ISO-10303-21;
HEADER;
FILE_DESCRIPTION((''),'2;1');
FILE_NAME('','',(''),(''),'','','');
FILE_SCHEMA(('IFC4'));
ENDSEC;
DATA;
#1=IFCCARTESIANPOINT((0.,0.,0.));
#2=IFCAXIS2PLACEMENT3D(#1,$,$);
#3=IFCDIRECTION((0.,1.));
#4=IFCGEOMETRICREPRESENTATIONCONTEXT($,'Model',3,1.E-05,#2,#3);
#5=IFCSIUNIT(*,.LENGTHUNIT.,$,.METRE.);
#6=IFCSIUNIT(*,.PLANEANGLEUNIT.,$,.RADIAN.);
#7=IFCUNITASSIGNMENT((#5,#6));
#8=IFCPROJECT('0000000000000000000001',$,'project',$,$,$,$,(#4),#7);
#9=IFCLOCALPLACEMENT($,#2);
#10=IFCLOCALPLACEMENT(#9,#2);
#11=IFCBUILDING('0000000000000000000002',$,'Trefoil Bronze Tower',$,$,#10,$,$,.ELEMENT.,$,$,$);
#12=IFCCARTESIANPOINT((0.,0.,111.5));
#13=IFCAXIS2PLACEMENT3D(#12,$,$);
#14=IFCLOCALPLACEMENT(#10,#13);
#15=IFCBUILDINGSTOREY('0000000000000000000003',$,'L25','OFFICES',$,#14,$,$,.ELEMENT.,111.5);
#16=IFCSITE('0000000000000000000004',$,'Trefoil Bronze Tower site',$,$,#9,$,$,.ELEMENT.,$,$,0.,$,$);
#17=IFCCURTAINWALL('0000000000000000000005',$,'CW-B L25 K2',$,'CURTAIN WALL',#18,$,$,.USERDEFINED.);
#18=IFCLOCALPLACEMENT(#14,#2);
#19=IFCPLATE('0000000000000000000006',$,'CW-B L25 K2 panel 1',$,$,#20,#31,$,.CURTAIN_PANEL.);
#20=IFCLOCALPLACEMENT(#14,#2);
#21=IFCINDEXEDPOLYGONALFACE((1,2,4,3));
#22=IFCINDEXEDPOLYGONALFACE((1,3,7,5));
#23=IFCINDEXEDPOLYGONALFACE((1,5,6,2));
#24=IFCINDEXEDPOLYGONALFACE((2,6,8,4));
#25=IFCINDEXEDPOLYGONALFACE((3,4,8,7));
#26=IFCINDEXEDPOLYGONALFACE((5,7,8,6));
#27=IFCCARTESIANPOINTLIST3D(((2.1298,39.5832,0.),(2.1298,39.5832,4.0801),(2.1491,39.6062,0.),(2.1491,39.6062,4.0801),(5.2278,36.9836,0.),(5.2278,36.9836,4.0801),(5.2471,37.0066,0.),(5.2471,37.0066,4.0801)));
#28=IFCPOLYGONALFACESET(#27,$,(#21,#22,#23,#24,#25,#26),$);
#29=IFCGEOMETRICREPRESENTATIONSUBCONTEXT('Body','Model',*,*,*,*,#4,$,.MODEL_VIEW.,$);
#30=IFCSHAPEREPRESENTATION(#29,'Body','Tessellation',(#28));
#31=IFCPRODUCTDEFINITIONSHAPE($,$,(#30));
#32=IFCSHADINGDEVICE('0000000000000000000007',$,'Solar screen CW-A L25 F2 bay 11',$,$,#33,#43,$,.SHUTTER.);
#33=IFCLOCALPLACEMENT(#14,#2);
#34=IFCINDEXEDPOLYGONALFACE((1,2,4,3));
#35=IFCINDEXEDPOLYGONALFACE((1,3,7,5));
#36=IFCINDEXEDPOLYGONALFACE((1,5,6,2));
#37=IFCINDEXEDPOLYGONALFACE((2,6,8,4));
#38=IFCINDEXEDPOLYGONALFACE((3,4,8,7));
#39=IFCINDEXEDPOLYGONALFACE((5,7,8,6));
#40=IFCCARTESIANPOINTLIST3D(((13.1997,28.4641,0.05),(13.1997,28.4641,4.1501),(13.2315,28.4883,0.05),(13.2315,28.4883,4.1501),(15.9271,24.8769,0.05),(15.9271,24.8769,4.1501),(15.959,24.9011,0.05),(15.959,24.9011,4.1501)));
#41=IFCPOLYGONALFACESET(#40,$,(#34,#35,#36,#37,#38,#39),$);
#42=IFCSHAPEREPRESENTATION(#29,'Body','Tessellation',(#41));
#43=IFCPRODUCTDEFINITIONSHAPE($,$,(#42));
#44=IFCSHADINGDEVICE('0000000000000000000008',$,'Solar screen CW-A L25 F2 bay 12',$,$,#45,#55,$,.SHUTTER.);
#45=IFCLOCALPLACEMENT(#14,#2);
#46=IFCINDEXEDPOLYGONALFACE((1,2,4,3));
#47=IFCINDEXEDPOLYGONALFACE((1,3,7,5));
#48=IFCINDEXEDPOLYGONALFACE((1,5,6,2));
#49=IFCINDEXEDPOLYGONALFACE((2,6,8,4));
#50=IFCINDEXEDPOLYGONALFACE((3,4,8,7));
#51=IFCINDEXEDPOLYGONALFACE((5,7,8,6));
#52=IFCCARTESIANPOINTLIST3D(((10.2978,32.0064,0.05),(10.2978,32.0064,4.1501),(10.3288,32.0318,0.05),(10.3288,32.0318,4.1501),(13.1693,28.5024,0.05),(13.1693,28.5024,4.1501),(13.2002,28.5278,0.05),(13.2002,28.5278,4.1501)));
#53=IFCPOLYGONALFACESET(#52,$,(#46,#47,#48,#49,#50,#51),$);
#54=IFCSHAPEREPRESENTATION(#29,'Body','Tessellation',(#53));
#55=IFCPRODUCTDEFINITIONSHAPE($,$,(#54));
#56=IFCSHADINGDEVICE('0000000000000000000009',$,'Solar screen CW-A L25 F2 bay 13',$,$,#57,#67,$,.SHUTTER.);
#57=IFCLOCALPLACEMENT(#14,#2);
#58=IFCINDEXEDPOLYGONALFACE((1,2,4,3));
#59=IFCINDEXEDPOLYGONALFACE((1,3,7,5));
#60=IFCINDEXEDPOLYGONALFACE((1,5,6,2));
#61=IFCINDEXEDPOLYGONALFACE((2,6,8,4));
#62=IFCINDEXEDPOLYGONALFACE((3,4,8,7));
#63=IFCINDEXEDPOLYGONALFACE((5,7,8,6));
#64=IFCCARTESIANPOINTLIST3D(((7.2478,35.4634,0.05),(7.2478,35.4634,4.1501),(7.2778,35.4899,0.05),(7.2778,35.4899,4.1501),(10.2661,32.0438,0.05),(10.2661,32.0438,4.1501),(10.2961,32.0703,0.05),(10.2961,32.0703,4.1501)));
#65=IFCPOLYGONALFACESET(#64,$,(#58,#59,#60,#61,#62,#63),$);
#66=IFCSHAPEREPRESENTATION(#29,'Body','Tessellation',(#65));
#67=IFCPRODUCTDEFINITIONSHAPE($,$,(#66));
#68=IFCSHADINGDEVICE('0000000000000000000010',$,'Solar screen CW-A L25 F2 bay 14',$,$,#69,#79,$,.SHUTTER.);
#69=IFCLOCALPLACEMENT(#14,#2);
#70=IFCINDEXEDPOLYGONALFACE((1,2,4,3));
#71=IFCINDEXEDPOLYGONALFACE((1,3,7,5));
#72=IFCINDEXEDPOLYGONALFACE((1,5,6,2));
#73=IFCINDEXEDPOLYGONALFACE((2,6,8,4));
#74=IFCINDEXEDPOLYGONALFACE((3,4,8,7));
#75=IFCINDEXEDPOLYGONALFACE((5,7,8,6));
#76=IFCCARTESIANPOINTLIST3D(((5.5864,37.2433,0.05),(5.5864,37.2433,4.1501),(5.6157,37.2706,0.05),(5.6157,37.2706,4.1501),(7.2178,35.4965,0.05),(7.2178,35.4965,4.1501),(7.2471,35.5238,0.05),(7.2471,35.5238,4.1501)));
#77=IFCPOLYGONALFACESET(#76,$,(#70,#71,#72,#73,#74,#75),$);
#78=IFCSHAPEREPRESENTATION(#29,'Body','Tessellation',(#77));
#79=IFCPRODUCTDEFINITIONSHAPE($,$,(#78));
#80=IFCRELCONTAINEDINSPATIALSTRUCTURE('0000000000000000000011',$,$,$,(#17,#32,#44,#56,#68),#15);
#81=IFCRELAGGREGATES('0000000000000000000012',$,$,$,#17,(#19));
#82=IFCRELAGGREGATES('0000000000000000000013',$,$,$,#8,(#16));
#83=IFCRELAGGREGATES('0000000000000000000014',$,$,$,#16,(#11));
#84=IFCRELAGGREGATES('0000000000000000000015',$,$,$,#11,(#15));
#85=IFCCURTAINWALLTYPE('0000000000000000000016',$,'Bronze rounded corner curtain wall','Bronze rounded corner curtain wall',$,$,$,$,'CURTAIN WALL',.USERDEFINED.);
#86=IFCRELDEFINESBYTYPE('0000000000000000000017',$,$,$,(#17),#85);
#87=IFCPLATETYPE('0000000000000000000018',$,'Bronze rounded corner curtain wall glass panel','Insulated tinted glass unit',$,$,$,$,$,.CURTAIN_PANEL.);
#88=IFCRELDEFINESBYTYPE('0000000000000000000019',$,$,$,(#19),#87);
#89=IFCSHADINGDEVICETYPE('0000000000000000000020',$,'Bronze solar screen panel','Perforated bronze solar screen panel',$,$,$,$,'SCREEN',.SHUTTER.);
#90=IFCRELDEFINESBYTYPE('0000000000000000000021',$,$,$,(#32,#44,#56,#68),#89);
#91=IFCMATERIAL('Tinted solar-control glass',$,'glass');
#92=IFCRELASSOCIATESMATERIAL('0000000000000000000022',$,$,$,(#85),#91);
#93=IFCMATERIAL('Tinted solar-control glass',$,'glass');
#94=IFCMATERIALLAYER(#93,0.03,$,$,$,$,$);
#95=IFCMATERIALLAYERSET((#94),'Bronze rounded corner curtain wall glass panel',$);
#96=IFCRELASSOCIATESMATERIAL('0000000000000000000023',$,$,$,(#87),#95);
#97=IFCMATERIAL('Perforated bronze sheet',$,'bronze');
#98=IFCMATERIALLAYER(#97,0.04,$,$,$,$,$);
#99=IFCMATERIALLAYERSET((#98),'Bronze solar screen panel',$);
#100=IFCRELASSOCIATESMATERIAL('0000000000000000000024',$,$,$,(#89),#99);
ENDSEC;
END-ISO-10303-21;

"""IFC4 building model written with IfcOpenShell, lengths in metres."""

from ifc_helpers import new_model, si_unit, direction, frame, origin, origin_2d, place, context, subcontext, project, spatial, rectangle, extrude, material, layer, layer_set, type_object, element, aggregate, save


model = new_model("IFC4")

# Units and contexts
model_context = context("Model", 3, precision=1e-05, world=origin(), true_north=direction((0.0, 1.0)))
body_context = subcontext(model_context, "Body", "Model", "MODEL_VIEW")
ifc_project = project(units=[si_unit("LENGTHUNIT", "METRE"), si_unit("PLANEANGLEUNIT", "RADIAN")], contexts=[model_context])

# Site, building, storey
site_placement = place(None, origin())
site = spatial("IfcSite", under=ifc_project, at=site_placement, Name="Trefoil Bronze Tower site", CompositionType="ELEMENT", RefElevation=0.0)
building_placement = place(site_placement, origin())
building = spatial("IfcBuilding", under=site, at=building_placement, Name="Trefoil Bronze Tower", CompositionType="ELEMENT")
storey_placement = place(building_placement, frame((0.0, 0.0, 111.5)))
storey = spatial("IfcBuildingStorey", under=building, at=storey_placement, Name="L25", Description="OFFICES", CompositionType="ELEMENT", Elevation=111.5)

# Curtain wall
ifc_material_1 = material(Name="Tinted solar-control glass", Category="glass")
curtain_wall_type_1 = type_object("IfcCurtainWallType", Name="Bronze rounded corner curtain wall", Description="Bronze rounded corner curtain wall", ElementType="CURTAIN WALL", PredefinedType="USERDEFINED", material=ifc_material_1)
curtain_wall_1_placement = place(storey_placement, origin())
curtain_wall_1 = element("IfcCurtainWall", 1, at=curtain_wall_1_placement, inside=storey, type_object=curtain_wall_type_1, Name="CW-B L25 K2", ObjectType="CURTAIN WALL", PredefinedType="USERDEFINED")

# Plate
ifc_material_2 = material(Name="Tinted solar-control glass", Category="glass")
ifc_layer_1 = layer(ifc_material_2, 0.03)
ifc_layer_set_1 = layer_set([ifc_layer_1], Name="Bronze rounded corner curtain wall glass panel")
plate_type_1 = type_object("IfcPlateType", Name="Bronze rounded corner curtain wall glass panel", Description="Insulated tinted glass unit", PredefinedType="CURTAIN_PANEL", material=ifc_layer_set_1)
plate_1_placement = place(storey_placement, frame((3.6885, 38.2949, 0.0), z_axis=(0.0, 0.0, 1.0), x_axis=(-0.766044, 0.642788, 0.0)))
plate_1 = element("IfcPlate", 2, at=plate_1_placement, type_object=plate_type_1, Name="CW-B L25 K2 panel 1", PredefinedType="CURTAIN_PANEL", context=body_context, shape_type="SweptSolid", body=[
    extrude(rectangle(XDim=4.0442, YDim=0.03, at=origin_2d()), origin(), (0.0, 0.0, 1.0), 4.0801),
])
aggregate(curtain_wall_1, [plate_1])

# Shading devices
ifc_material_3 = material(Name="Perforated bronze sheet", Category="bronze")
ifc_layer_2 = layer(ifc_material_3, 0.04)
ifc_layer_set_2 = layer_set([ifc_layer_2], Name="Bronze solar screen panel")
shading_device_type = type_object("IfcShadingDeviceType", Name="Bronze solar screen panel", Description="Perforated bronze solar screen panel", ElementType="SCREEN", PredefinedType="SHUTTER", material=ifc_layer_set_2)
shading_device_1_placement = place(storey_placement, frame((14.5793, 26.6826, 0.05), z_axis=(0.0, 0.0, 1.0), x_axis=(-0.605252, 0.796034, 0.0)))
element("IfcShadingDevice", 3, at=shading_device_1_placement, inside=storey, type_object=shading_device_type, Name="Solar screen CW-A L25 F2 bay 11", PredefinedType="SHUTTER", context=body_context, shape_type="SweptSolid", body=[
    extrude(rectangle(XDim=4.5063, YDim=0.04, at=origin_2d()), origin(), (0.0, 0.0, 1.0), 4.1001),
])
shading_device_2_placement = place(storey_placement, frame((11.749, 30.2671, 0.05), z_axis=(0.0, 0.0, 1.0), x_axis=(-0.63384, 0.773464, 0.0)))
element("IfcShadingDevice", 4, at=shading_device_2_placement, inside=storey, type_object=shading_device_type, Name="Solar screen CW-A L25 F2 bay 12", PredefinedType="SHUTTER", context=body_context, shape_type="SweptSolid", body=[
    extrude(rectangle(XDim=4.5303, YDim=0.04, at=origin_2d()), origin(), (0.0, 0.0, 1.0), 4.1001),
])
shading_device_3_placement = place(storey_placement, frame((8.772, 33.7668, 0.05), z_axis=(0.0, 0.0, 1.0), x_axis=(-0.661751, 0.749723, 0.0)))
element("IfcShadingDevice", 5, at=shading_device_3_placement, inside=storey, type_object=shading_device_type, Name="Solar screen CW-A L25 F2 bay 13", PredefinedType="SHUTTER", context=body_context, shape_type="SweptSolid", body=[
    extrude(rectangle(XDim=4.561, YDim=0.04, at=origin_2d()), origin(), (0.0, 0.0, 1.0), 4.1001),
])
shading_device_4_placement = place(storey_placement, frame((6.4167, 36.3835, 0.05), z_axis=(0.0, 0.0, 1.0), x_axis=(-0.682536, 0.730852, 0.0)))
element("IfcShadingDevice", 6, at=shading_device_4_placement, inside=storey, type_object=shading_device_type, Name="Solar screen CW-A L25 F2 bay 14", PredefinedType="SHUTTER", context=body_context, shape_type="SweptSolid", body=[
    extrude(rectangle(XDim=2.3901, YDim=0.04, at=origin_2d()), origin(), (0.0, 0.0, 1.0), 4.1001),
])

save(model, "model.ifc")
